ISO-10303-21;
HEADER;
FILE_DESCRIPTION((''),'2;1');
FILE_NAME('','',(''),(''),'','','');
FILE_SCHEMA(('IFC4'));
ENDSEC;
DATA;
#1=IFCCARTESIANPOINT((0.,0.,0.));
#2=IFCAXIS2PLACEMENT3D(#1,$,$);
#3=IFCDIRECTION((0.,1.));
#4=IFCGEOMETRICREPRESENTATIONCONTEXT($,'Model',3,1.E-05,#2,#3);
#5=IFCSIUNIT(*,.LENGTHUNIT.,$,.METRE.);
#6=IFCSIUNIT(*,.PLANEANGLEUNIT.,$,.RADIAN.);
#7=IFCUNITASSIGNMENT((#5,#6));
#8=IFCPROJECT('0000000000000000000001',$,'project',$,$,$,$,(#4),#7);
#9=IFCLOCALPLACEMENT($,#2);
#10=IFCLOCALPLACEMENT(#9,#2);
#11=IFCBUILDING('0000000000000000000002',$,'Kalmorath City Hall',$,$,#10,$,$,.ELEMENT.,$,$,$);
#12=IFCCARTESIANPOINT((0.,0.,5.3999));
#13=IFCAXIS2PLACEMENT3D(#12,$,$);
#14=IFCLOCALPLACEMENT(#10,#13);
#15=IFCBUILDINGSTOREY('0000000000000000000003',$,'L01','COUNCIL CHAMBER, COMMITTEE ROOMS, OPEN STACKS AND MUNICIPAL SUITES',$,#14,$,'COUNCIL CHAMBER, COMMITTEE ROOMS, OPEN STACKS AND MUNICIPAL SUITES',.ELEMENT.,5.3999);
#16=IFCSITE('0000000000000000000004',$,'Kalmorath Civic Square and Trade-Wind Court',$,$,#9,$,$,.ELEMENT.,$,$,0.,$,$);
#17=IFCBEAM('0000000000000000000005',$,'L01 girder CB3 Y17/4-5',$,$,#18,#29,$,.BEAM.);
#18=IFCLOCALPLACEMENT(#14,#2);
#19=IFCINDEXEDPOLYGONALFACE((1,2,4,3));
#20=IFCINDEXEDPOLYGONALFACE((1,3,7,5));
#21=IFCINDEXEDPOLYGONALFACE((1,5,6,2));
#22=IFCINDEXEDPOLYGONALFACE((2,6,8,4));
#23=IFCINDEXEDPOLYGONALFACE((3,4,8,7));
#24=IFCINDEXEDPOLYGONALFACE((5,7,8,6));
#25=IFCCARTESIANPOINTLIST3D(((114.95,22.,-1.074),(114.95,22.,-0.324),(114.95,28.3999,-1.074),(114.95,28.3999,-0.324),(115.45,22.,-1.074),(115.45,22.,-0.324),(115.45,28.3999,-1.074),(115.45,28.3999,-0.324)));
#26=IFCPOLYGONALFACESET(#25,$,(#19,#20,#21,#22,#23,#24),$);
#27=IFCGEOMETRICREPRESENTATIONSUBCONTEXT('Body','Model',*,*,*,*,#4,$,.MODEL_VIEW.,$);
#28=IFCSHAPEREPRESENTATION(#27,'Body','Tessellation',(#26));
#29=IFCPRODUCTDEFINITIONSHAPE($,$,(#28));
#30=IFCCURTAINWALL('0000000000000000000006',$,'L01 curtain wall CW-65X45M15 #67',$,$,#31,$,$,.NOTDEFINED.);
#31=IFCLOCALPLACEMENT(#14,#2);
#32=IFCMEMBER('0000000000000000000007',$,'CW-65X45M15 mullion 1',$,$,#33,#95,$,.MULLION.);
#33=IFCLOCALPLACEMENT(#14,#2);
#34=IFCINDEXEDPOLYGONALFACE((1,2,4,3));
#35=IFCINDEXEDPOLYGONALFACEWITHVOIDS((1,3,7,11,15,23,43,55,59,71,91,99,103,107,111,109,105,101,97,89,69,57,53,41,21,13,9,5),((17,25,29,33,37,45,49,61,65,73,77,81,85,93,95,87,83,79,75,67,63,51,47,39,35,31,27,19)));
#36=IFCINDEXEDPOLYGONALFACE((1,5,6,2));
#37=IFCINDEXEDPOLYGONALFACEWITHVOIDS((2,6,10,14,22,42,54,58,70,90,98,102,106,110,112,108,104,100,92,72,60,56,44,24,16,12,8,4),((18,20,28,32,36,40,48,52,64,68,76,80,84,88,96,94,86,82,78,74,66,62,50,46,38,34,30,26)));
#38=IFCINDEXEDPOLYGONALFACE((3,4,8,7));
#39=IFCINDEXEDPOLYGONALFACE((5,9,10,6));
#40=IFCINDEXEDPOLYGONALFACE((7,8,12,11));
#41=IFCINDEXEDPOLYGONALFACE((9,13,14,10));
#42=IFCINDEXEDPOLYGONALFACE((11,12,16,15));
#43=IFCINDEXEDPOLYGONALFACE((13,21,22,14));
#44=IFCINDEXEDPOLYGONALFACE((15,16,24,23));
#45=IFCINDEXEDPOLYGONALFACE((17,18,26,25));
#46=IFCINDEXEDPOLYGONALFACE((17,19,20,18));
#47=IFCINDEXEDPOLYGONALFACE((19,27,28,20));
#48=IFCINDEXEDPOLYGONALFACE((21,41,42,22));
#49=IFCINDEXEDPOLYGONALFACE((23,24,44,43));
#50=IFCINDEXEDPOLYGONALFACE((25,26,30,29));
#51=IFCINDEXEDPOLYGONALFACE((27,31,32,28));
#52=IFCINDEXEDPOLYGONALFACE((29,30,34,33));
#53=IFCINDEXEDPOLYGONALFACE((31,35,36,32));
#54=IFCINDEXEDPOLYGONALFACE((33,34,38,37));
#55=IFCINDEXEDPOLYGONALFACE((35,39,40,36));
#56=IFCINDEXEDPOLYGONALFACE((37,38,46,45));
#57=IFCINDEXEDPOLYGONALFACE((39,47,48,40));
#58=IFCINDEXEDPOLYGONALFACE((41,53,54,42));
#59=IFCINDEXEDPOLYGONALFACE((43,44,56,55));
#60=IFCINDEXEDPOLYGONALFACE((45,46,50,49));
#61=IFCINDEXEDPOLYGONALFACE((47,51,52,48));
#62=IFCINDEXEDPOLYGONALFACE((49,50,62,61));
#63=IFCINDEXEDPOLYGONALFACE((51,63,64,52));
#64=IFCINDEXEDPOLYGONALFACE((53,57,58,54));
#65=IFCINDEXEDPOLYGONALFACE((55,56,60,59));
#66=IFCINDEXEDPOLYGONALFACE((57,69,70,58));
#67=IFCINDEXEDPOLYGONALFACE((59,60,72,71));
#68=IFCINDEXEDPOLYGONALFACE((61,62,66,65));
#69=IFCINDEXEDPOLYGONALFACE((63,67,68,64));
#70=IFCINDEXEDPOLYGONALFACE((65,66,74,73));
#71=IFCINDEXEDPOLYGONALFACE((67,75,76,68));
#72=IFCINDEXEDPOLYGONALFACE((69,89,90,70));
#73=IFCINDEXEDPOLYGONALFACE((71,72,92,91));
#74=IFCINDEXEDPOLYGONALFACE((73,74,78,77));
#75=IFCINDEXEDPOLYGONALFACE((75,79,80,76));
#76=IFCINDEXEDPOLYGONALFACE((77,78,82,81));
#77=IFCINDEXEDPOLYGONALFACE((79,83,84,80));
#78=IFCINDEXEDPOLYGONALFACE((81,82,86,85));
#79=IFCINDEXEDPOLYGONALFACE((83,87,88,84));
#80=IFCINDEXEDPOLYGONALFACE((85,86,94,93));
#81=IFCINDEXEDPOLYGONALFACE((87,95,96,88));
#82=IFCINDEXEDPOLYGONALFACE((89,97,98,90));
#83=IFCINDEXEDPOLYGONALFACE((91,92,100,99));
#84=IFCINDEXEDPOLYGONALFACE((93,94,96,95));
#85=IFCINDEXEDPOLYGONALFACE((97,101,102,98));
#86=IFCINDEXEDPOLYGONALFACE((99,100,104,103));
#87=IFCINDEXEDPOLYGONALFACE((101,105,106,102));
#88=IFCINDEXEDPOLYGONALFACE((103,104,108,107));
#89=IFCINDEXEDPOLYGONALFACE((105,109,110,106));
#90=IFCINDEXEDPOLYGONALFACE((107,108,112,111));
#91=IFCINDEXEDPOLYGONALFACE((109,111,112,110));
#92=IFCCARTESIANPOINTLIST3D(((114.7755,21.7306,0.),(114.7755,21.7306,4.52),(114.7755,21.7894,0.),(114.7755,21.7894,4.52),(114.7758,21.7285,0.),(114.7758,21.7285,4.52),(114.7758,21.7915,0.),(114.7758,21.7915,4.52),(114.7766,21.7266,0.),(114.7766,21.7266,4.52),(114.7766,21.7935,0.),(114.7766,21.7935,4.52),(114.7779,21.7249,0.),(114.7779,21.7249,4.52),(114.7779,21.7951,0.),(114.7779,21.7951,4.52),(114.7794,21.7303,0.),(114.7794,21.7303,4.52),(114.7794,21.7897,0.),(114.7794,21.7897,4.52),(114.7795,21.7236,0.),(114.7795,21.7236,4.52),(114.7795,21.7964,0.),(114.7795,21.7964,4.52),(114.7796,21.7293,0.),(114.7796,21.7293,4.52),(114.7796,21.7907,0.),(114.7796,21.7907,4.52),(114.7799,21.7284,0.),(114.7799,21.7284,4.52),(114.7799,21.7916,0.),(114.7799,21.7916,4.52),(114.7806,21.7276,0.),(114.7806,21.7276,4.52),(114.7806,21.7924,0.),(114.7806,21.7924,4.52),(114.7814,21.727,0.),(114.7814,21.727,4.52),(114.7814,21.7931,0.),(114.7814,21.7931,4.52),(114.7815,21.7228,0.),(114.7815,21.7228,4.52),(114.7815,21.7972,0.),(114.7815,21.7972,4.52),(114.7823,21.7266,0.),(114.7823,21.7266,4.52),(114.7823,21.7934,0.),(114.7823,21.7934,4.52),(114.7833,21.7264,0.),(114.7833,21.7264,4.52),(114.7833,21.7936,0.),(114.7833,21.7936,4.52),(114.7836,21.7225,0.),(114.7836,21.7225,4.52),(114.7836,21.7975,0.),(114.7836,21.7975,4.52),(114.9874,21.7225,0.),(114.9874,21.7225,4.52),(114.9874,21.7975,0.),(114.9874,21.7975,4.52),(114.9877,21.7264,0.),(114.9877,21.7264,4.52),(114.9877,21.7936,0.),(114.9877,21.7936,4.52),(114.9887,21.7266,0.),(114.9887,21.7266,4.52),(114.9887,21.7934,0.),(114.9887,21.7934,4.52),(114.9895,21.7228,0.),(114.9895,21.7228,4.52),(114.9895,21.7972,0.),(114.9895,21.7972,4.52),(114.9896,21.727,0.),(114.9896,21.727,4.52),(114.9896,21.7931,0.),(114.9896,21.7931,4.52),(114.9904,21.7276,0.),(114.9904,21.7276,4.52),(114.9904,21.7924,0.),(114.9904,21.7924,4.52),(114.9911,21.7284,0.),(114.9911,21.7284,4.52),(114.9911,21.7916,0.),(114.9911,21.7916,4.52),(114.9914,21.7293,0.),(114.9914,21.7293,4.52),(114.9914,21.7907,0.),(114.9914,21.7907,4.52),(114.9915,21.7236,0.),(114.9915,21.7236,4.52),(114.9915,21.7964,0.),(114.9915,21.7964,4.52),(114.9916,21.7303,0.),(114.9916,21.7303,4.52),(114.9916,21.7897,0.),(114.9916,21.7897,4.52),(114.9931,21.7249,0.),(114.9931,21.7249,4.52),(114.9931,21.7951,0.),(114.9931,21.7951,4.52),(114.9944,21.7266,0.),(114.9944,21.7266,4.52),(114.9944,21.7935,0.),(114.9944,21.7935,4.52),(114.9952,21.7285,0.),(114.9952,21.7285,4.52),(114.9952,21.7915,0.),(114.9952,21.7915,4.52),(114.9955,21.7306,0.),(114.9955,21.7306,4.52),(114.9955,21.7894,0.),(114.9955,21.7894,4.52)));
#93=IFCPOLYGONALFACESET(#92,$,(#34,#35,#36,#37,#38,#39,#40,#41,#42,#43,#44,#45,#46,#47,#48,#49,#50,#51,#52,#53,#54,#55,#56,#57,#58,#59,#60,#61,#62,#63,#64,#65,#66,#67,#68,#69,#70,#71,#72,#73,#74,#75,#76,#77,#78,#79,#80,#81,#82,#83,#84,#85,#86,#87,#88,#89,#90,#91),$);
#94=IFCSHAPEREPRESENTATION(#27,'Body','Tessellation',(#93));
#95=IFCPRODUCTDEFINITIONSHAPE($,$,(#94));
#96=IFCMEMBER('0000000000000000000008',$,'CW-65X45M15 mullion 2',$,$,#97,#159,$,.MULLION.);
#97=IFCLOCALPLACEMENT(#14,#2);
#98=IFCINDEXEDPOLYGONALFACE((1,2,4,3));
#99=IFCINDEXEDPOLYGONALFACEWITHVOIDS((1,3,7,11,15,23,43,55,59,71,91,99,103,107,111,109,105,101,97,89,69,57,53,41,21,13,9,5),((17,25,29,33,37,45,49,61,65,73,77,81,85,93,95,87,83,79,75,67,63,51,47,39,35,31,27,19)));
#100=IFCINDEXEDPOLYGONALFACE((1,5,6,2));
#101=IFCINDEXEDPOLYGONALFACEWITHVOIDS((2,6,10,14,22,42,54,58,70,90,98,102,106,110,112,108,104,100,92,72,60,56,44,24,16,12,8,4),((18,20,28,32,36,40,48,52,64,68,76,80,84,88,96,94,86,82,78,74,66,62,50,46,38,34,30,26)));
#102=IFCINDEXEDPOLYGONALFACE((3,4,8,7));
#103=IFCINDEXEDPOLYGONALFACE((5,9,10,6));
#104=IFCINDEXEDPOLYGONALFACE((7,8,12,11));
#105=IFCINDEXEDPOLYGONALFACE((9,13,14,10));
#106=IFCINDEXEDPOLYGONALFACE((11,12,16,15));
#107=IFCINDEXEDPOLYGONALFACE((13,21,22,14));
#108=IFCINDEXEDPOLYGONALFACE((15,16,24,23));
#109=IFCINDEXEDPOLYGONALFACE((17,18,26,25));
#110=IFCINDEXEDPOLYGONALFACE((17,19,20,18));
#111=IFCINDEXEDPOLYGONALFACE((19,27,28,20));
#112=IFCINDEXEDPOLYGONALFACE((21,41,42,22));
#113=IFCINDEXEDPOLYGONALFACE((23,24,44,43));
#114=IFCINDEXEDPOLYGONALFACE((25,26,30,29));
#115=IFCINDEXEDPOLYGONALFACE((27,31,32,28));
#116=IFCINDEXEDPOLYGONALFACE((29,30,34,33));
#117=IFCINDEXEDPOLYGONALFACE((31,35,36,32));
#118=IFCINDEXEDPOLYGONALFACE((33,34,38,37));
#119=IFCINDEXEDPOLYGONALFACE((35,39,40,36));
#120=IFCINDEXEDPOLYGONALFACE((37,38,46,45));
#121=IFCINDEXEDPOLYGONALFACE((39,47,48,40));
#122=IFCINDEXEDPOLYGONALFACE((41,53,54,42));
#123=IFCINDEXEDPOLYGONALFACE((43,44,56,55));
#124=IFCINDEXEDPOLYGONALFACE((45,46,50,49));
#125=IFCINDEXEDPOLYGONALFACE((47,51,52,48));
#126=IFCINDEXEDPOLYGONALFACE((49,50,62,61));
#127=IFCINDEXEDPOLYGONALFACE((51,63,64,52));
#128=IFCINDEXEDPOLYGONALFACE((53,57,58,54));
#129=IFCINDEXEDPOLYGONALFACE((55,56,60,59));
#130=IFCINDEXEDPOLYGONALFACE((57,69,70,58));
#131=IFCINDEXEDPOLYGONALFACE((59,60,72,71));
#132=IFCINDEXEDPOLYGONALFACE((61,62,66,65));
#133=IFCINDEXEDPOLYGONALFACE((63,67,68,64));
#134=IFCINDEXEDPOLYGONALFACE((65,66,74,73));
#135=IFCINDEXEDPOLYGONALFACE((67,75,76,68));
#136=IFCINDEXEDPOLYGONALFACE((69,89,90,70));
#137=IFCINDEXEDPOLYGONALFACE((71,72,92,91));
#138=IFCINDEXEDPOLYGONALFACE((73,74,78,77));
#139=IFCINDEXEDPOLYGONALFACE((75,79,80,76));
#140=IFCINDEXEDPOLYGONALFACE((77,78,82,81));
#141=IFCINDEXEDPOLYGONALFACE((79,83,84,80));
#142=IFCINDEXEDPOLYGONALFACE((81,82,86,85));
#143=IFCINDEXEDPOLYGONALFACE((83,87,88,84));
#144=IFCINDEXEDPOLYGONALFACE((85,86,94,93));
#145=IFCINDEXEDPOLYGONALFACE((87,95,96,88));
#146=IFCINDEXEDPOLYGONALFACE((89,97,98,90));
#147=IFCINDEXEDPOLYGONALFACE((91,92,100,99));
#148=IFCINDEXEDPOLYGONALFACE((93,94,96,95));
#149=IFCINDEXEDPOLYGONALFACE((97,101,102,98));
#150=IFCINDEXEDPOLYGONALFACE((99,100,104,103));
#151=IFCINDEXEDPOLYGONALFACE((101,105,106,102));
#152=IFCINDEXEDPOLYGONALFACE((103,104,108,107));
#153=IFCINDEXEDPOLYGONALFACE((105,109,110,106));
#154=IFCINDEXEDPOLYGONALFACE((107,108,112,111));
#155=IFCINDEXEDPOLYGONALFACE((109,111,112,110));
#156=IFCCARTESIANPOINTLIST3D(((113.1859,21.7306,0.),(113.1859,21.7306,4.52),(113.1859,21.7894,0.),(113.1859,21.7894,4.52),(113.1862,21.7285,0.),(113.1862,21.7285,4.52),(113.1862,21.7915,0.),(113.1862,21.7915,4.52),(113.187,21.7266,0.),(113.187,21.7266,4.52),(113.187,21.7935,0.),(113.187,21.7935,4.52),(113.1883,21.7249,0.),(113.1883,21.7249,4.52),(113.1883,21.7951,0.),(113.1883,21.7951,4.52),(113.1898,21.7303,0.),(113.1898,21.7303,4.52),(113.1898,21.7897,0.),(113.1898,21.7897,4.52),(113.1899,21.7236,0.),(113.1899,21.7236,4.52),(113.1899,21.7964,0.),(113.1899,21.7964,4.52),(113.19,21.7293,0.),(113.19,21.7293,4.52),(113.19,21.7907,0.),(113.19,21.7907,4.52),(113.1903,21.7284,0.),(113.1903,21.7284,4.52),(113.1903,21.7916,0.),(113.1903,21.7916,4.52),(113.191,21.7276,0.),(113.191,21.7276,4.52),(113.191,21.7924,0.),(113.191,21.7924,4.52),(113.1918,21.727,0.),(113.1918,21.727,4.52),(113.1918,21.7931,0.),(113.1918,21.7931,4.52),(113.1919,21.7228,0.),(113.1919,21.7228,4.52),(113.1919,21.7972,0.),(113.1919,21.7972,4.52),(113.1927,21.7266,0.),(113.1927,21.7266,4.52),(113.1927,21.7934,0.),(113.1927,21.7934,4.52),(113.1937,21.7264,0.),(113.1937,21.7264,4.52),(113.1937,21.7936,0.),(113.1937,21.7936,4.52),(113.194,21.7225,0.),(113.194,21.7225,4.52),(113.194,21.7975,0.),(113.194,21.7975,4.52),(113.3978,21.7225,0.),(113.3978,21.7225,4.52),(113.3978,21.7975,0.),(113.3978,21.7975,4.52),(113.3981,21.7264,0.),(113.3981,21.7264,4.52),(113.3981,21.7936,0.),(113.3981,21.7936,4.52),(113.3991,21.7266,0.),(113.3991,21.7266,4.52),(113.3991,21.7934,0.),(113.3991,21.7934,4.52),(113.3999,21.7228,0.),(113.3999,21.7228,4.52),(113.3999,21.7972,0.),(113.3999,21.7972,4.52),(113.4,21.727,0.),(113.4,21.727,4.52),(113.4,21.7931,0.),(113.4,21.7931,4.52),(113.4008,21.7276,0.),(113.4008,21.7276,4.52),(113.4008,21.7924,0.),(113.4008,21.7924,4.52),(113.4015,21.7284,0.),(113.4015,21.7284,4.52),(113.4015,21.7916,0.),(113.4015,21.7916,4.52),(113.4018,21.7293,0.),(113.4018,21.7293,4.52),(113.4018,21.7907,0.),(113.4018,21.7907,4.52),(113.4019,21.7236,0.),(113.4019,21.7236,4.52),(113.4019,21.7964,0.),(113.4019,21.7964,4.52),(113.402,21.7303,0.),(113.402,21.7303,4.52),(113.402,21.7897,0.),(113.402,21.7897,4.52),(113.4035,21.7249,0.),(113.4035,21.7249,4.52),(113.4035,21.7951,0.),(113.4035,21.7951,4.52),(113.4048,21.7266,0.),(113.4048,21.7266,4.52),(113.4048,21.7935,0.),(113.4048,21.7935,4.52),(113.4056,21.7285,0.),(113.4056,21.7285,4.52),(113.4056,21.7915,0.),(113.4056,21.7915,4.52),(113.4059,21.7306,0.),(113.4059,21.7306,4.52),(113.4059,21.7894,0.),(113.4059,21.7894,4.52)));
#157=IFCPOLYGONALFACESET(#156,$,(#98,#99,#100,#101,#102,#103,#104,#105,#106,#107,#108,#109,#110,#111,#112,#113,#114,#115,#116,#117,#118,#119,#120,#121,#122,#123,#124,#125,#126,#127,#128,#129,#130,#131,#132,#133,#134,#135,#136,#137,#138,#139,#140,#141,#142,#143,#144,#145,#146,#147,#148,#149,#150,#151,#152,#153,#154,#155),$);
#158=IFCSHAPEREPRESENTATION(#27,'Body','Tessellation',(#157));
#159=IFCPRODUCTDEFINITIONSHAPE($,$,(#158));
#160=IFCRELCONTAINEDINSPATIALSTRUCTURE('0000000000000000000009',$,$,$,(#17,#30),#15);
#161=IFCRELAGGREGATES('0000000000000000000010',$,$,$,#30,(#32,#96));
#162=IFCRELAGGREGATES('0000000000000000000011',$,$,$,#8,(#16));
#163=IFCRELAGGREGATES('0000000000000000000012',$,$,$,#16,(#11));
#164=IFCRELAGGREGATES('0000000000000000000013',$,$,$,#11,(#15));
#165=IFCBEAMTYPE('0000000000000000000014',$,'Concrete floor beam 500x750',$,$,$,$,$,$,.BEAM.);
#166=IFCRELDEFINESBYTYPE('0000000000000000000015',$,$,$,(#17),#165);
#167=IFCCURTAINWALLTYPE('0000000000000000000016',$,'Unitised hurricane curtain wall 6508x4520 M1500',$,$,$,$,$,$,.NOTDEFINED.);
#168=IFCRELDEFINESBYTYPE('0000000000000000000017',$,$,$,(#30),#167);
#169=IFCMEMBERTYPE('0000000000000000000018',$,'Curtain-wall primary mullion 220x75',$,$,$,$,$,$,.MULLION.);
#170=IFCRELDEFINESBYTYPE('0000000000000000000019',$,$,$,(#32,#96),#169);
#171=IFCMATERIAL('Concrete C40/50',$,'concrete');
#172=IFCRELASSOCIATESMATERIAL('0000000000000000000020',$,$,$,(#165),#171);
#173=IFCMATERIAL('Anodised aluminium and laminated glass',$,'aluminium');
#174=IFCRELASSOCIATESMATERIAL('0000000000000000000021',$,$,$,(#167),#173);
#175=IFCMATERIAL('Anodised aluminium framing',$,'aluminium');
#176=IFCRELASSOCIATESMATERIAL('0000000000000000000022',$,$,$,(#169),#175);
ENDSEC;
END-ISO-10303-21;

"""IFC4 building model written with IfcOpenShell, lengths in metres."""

from ifc_helpers import new_model, si_unit, direction, frame, origin, origin_2d, place, context, subcontext, project, spatial, rectangle, hollow_rectangle, extrude, material, material_profile, profile_set, type_object, element, aggregate, save


model = new_model("IFC4")

# Units and contexts
model_context = context("Model", 3, precision=1e-05, world=origin(), true_north=direction((0.0, 1.0)))
body_context = subcontext(model_context, "Body", "Model", "MODEL_VIEW")
ifc_project = project(units=[si_unit("LENGTHUNIT", "METRE"), si_unit("PLANEANGLEUNIT", "RADIAN")], contexts=[model_context])

# Site, building, storey
site_placement = place(None, origin())
site = spatial("IfcSite", under=ifc_project, at=site_placement, Name="Kalmorath Civic Square and Trade-Wind Court", CompositionType="ELEMENT", RefElevation=0.0)
building_placement = place(site_placement, origin())
building = spatial("IfcBuilding", under=site, at=building_placement, Name="Kalmorath City Hall", CompositionType="ELEMENT")
storey_placement = place(building_placement, frame((0.0, 0.0, 5.3999)))
storey = spatial("IfcBuildingStorey", under=building, at=storey_placement, Name="L01", Description="COUNCIL CHAMBER, COMMITTEE ROOMS, OPEN STACKS AND MUNICIPAL SUITES", LongName="COUNCIL CHAMBER, COMMITTEE ROOMS, OPEN STACKS AND MUNICIPAL SUITES", CompositionType="ELEMENT", Elevation=5.3999)

# Beam
ifc_material_1 = material(Name="Concrete C40/50", Category="concrete")
ifc_material_profile_1 = material_profile(ifc_material_1, rectangle(XDim=0.5, YDim=0.75, at=origin_2d()), Name="RC-BM-500X750")
ifc_profile_set_1 = profile_set([ifc_material_profile_1], Name="Concrete C40/50")
beam_type = type_object("IfcBeamType", Name="Concrete floor beam 500x750", PredefinedType="BEAM", material=ifc_profile_set_1)
beam_placement = place(storey_placement, frame((115.2, 22.0, -0.699), z_axis=(0.0, 1.0, 0.0), x_axis=(-1.0, 0.0, 0.0)))
element("IfcBeam", 1, at=beam_placement, inside=storey, type_object=beam_type, Name="L01 girder CB3 Y17/4-5", PredefinedType="BEAM", context=body_context, shape_type="SweptSolid", body=[
    extrude(rectangle(XDim=0.5, YDim=0.75, at=origin_2d()), origin(), (0.0, 0.0, 1.0), 6.3999),
])

# Curtain wall, members
ifc_material_2 = material(Name="Anodised aluminium and laminated glass", Category="aluminium")
curtain_wall_type = type_object("IfcCurtainWallType", Name="Unitised hurricane curtain wall 6508x4520 M1500", PredefinedType="NOTDEFINED", material=ifc_material_2)
curtain_wall_placement = place(storey_placement, origin())
curtain_wall = element("IfcCurtainWall", 2, at=curtain_wall_placement, inside=storey, type_object=curtain_wall_type, Name="L01 curtain wall CW-65X45M15 #67", PredefinedType="NOTDEFINED")
ifc_material_3 = material(Name="Anodised aluminium framing", Category="aluminium")
ifc_material_profile_2 = material_profile(ifc_material_3, hollow_rectangle(XDim=0.075, YDim=0.22, WallThickness=0.0039, InnerFilletRadius=0.0039, OuterFilletRadius=0.0081, at=origin_2d()), Name="ALU-MUL-220X75X4")
ifc_profile_set_2 = profile_set([ifc_material_profile_2], Name="Anodised aluminium framing")
member_type_1 = type_object("IfcMemberType", Name="Curtain-wall primary mullion 220x75", PredefinedType="MULLION", material=ifc_profile_set_2)
member_1_placement = place(storey_placement, frame((114.8855, 21.76, 0.0), z_axis=(0.0, 0.0, 1.0), x_axis=(0.0, -1.0, 0.0)))
member_1 = element("IfcMember", 3, at=member_1_placement, type_object=member_type_1, Name="CW-65X45M15 mullion 1", PredefinedType="MULLION", context=body_context, shape_type="SweptSolid", body=[
    extrude(hollow_rectangle(XDim=0.075, YDim=0.22, WallThickness=0.0039, InnerFilletRadius=0.0039, OuterFilletRadius=0.0081, at=origin_2d()), origin(), (0.0, 0.0, 1.0), 4.52),
])
member_2_placement = place(storey_placement, frame((113.2959, 21.76, 0.0), z_axis=(0.0, 0.0, 1.0), x_axis=(0.0, -1.0, 0.0)))
member_2 = element("IfcMember", 4, at=member_2_placement, type_object=member_type_1, Name="CW-65X45M15 mullion 2", PredefinedType="MULLION", context=body_context, shape_type="SweptSolid", body=[
    extrude(hollow_rectangle(XDim=0.075, YDim=0.22, WallThickness=0.0039, InnerFilletRadius=0.0039, OuterFilletRadius=0.0081, at=origin_2d()), origin(), (0.0, 0.0, 1.0), 4.52),
])
aggregate(curtain_wall, [member_1, member_2])

save(model, "model.ifc")
